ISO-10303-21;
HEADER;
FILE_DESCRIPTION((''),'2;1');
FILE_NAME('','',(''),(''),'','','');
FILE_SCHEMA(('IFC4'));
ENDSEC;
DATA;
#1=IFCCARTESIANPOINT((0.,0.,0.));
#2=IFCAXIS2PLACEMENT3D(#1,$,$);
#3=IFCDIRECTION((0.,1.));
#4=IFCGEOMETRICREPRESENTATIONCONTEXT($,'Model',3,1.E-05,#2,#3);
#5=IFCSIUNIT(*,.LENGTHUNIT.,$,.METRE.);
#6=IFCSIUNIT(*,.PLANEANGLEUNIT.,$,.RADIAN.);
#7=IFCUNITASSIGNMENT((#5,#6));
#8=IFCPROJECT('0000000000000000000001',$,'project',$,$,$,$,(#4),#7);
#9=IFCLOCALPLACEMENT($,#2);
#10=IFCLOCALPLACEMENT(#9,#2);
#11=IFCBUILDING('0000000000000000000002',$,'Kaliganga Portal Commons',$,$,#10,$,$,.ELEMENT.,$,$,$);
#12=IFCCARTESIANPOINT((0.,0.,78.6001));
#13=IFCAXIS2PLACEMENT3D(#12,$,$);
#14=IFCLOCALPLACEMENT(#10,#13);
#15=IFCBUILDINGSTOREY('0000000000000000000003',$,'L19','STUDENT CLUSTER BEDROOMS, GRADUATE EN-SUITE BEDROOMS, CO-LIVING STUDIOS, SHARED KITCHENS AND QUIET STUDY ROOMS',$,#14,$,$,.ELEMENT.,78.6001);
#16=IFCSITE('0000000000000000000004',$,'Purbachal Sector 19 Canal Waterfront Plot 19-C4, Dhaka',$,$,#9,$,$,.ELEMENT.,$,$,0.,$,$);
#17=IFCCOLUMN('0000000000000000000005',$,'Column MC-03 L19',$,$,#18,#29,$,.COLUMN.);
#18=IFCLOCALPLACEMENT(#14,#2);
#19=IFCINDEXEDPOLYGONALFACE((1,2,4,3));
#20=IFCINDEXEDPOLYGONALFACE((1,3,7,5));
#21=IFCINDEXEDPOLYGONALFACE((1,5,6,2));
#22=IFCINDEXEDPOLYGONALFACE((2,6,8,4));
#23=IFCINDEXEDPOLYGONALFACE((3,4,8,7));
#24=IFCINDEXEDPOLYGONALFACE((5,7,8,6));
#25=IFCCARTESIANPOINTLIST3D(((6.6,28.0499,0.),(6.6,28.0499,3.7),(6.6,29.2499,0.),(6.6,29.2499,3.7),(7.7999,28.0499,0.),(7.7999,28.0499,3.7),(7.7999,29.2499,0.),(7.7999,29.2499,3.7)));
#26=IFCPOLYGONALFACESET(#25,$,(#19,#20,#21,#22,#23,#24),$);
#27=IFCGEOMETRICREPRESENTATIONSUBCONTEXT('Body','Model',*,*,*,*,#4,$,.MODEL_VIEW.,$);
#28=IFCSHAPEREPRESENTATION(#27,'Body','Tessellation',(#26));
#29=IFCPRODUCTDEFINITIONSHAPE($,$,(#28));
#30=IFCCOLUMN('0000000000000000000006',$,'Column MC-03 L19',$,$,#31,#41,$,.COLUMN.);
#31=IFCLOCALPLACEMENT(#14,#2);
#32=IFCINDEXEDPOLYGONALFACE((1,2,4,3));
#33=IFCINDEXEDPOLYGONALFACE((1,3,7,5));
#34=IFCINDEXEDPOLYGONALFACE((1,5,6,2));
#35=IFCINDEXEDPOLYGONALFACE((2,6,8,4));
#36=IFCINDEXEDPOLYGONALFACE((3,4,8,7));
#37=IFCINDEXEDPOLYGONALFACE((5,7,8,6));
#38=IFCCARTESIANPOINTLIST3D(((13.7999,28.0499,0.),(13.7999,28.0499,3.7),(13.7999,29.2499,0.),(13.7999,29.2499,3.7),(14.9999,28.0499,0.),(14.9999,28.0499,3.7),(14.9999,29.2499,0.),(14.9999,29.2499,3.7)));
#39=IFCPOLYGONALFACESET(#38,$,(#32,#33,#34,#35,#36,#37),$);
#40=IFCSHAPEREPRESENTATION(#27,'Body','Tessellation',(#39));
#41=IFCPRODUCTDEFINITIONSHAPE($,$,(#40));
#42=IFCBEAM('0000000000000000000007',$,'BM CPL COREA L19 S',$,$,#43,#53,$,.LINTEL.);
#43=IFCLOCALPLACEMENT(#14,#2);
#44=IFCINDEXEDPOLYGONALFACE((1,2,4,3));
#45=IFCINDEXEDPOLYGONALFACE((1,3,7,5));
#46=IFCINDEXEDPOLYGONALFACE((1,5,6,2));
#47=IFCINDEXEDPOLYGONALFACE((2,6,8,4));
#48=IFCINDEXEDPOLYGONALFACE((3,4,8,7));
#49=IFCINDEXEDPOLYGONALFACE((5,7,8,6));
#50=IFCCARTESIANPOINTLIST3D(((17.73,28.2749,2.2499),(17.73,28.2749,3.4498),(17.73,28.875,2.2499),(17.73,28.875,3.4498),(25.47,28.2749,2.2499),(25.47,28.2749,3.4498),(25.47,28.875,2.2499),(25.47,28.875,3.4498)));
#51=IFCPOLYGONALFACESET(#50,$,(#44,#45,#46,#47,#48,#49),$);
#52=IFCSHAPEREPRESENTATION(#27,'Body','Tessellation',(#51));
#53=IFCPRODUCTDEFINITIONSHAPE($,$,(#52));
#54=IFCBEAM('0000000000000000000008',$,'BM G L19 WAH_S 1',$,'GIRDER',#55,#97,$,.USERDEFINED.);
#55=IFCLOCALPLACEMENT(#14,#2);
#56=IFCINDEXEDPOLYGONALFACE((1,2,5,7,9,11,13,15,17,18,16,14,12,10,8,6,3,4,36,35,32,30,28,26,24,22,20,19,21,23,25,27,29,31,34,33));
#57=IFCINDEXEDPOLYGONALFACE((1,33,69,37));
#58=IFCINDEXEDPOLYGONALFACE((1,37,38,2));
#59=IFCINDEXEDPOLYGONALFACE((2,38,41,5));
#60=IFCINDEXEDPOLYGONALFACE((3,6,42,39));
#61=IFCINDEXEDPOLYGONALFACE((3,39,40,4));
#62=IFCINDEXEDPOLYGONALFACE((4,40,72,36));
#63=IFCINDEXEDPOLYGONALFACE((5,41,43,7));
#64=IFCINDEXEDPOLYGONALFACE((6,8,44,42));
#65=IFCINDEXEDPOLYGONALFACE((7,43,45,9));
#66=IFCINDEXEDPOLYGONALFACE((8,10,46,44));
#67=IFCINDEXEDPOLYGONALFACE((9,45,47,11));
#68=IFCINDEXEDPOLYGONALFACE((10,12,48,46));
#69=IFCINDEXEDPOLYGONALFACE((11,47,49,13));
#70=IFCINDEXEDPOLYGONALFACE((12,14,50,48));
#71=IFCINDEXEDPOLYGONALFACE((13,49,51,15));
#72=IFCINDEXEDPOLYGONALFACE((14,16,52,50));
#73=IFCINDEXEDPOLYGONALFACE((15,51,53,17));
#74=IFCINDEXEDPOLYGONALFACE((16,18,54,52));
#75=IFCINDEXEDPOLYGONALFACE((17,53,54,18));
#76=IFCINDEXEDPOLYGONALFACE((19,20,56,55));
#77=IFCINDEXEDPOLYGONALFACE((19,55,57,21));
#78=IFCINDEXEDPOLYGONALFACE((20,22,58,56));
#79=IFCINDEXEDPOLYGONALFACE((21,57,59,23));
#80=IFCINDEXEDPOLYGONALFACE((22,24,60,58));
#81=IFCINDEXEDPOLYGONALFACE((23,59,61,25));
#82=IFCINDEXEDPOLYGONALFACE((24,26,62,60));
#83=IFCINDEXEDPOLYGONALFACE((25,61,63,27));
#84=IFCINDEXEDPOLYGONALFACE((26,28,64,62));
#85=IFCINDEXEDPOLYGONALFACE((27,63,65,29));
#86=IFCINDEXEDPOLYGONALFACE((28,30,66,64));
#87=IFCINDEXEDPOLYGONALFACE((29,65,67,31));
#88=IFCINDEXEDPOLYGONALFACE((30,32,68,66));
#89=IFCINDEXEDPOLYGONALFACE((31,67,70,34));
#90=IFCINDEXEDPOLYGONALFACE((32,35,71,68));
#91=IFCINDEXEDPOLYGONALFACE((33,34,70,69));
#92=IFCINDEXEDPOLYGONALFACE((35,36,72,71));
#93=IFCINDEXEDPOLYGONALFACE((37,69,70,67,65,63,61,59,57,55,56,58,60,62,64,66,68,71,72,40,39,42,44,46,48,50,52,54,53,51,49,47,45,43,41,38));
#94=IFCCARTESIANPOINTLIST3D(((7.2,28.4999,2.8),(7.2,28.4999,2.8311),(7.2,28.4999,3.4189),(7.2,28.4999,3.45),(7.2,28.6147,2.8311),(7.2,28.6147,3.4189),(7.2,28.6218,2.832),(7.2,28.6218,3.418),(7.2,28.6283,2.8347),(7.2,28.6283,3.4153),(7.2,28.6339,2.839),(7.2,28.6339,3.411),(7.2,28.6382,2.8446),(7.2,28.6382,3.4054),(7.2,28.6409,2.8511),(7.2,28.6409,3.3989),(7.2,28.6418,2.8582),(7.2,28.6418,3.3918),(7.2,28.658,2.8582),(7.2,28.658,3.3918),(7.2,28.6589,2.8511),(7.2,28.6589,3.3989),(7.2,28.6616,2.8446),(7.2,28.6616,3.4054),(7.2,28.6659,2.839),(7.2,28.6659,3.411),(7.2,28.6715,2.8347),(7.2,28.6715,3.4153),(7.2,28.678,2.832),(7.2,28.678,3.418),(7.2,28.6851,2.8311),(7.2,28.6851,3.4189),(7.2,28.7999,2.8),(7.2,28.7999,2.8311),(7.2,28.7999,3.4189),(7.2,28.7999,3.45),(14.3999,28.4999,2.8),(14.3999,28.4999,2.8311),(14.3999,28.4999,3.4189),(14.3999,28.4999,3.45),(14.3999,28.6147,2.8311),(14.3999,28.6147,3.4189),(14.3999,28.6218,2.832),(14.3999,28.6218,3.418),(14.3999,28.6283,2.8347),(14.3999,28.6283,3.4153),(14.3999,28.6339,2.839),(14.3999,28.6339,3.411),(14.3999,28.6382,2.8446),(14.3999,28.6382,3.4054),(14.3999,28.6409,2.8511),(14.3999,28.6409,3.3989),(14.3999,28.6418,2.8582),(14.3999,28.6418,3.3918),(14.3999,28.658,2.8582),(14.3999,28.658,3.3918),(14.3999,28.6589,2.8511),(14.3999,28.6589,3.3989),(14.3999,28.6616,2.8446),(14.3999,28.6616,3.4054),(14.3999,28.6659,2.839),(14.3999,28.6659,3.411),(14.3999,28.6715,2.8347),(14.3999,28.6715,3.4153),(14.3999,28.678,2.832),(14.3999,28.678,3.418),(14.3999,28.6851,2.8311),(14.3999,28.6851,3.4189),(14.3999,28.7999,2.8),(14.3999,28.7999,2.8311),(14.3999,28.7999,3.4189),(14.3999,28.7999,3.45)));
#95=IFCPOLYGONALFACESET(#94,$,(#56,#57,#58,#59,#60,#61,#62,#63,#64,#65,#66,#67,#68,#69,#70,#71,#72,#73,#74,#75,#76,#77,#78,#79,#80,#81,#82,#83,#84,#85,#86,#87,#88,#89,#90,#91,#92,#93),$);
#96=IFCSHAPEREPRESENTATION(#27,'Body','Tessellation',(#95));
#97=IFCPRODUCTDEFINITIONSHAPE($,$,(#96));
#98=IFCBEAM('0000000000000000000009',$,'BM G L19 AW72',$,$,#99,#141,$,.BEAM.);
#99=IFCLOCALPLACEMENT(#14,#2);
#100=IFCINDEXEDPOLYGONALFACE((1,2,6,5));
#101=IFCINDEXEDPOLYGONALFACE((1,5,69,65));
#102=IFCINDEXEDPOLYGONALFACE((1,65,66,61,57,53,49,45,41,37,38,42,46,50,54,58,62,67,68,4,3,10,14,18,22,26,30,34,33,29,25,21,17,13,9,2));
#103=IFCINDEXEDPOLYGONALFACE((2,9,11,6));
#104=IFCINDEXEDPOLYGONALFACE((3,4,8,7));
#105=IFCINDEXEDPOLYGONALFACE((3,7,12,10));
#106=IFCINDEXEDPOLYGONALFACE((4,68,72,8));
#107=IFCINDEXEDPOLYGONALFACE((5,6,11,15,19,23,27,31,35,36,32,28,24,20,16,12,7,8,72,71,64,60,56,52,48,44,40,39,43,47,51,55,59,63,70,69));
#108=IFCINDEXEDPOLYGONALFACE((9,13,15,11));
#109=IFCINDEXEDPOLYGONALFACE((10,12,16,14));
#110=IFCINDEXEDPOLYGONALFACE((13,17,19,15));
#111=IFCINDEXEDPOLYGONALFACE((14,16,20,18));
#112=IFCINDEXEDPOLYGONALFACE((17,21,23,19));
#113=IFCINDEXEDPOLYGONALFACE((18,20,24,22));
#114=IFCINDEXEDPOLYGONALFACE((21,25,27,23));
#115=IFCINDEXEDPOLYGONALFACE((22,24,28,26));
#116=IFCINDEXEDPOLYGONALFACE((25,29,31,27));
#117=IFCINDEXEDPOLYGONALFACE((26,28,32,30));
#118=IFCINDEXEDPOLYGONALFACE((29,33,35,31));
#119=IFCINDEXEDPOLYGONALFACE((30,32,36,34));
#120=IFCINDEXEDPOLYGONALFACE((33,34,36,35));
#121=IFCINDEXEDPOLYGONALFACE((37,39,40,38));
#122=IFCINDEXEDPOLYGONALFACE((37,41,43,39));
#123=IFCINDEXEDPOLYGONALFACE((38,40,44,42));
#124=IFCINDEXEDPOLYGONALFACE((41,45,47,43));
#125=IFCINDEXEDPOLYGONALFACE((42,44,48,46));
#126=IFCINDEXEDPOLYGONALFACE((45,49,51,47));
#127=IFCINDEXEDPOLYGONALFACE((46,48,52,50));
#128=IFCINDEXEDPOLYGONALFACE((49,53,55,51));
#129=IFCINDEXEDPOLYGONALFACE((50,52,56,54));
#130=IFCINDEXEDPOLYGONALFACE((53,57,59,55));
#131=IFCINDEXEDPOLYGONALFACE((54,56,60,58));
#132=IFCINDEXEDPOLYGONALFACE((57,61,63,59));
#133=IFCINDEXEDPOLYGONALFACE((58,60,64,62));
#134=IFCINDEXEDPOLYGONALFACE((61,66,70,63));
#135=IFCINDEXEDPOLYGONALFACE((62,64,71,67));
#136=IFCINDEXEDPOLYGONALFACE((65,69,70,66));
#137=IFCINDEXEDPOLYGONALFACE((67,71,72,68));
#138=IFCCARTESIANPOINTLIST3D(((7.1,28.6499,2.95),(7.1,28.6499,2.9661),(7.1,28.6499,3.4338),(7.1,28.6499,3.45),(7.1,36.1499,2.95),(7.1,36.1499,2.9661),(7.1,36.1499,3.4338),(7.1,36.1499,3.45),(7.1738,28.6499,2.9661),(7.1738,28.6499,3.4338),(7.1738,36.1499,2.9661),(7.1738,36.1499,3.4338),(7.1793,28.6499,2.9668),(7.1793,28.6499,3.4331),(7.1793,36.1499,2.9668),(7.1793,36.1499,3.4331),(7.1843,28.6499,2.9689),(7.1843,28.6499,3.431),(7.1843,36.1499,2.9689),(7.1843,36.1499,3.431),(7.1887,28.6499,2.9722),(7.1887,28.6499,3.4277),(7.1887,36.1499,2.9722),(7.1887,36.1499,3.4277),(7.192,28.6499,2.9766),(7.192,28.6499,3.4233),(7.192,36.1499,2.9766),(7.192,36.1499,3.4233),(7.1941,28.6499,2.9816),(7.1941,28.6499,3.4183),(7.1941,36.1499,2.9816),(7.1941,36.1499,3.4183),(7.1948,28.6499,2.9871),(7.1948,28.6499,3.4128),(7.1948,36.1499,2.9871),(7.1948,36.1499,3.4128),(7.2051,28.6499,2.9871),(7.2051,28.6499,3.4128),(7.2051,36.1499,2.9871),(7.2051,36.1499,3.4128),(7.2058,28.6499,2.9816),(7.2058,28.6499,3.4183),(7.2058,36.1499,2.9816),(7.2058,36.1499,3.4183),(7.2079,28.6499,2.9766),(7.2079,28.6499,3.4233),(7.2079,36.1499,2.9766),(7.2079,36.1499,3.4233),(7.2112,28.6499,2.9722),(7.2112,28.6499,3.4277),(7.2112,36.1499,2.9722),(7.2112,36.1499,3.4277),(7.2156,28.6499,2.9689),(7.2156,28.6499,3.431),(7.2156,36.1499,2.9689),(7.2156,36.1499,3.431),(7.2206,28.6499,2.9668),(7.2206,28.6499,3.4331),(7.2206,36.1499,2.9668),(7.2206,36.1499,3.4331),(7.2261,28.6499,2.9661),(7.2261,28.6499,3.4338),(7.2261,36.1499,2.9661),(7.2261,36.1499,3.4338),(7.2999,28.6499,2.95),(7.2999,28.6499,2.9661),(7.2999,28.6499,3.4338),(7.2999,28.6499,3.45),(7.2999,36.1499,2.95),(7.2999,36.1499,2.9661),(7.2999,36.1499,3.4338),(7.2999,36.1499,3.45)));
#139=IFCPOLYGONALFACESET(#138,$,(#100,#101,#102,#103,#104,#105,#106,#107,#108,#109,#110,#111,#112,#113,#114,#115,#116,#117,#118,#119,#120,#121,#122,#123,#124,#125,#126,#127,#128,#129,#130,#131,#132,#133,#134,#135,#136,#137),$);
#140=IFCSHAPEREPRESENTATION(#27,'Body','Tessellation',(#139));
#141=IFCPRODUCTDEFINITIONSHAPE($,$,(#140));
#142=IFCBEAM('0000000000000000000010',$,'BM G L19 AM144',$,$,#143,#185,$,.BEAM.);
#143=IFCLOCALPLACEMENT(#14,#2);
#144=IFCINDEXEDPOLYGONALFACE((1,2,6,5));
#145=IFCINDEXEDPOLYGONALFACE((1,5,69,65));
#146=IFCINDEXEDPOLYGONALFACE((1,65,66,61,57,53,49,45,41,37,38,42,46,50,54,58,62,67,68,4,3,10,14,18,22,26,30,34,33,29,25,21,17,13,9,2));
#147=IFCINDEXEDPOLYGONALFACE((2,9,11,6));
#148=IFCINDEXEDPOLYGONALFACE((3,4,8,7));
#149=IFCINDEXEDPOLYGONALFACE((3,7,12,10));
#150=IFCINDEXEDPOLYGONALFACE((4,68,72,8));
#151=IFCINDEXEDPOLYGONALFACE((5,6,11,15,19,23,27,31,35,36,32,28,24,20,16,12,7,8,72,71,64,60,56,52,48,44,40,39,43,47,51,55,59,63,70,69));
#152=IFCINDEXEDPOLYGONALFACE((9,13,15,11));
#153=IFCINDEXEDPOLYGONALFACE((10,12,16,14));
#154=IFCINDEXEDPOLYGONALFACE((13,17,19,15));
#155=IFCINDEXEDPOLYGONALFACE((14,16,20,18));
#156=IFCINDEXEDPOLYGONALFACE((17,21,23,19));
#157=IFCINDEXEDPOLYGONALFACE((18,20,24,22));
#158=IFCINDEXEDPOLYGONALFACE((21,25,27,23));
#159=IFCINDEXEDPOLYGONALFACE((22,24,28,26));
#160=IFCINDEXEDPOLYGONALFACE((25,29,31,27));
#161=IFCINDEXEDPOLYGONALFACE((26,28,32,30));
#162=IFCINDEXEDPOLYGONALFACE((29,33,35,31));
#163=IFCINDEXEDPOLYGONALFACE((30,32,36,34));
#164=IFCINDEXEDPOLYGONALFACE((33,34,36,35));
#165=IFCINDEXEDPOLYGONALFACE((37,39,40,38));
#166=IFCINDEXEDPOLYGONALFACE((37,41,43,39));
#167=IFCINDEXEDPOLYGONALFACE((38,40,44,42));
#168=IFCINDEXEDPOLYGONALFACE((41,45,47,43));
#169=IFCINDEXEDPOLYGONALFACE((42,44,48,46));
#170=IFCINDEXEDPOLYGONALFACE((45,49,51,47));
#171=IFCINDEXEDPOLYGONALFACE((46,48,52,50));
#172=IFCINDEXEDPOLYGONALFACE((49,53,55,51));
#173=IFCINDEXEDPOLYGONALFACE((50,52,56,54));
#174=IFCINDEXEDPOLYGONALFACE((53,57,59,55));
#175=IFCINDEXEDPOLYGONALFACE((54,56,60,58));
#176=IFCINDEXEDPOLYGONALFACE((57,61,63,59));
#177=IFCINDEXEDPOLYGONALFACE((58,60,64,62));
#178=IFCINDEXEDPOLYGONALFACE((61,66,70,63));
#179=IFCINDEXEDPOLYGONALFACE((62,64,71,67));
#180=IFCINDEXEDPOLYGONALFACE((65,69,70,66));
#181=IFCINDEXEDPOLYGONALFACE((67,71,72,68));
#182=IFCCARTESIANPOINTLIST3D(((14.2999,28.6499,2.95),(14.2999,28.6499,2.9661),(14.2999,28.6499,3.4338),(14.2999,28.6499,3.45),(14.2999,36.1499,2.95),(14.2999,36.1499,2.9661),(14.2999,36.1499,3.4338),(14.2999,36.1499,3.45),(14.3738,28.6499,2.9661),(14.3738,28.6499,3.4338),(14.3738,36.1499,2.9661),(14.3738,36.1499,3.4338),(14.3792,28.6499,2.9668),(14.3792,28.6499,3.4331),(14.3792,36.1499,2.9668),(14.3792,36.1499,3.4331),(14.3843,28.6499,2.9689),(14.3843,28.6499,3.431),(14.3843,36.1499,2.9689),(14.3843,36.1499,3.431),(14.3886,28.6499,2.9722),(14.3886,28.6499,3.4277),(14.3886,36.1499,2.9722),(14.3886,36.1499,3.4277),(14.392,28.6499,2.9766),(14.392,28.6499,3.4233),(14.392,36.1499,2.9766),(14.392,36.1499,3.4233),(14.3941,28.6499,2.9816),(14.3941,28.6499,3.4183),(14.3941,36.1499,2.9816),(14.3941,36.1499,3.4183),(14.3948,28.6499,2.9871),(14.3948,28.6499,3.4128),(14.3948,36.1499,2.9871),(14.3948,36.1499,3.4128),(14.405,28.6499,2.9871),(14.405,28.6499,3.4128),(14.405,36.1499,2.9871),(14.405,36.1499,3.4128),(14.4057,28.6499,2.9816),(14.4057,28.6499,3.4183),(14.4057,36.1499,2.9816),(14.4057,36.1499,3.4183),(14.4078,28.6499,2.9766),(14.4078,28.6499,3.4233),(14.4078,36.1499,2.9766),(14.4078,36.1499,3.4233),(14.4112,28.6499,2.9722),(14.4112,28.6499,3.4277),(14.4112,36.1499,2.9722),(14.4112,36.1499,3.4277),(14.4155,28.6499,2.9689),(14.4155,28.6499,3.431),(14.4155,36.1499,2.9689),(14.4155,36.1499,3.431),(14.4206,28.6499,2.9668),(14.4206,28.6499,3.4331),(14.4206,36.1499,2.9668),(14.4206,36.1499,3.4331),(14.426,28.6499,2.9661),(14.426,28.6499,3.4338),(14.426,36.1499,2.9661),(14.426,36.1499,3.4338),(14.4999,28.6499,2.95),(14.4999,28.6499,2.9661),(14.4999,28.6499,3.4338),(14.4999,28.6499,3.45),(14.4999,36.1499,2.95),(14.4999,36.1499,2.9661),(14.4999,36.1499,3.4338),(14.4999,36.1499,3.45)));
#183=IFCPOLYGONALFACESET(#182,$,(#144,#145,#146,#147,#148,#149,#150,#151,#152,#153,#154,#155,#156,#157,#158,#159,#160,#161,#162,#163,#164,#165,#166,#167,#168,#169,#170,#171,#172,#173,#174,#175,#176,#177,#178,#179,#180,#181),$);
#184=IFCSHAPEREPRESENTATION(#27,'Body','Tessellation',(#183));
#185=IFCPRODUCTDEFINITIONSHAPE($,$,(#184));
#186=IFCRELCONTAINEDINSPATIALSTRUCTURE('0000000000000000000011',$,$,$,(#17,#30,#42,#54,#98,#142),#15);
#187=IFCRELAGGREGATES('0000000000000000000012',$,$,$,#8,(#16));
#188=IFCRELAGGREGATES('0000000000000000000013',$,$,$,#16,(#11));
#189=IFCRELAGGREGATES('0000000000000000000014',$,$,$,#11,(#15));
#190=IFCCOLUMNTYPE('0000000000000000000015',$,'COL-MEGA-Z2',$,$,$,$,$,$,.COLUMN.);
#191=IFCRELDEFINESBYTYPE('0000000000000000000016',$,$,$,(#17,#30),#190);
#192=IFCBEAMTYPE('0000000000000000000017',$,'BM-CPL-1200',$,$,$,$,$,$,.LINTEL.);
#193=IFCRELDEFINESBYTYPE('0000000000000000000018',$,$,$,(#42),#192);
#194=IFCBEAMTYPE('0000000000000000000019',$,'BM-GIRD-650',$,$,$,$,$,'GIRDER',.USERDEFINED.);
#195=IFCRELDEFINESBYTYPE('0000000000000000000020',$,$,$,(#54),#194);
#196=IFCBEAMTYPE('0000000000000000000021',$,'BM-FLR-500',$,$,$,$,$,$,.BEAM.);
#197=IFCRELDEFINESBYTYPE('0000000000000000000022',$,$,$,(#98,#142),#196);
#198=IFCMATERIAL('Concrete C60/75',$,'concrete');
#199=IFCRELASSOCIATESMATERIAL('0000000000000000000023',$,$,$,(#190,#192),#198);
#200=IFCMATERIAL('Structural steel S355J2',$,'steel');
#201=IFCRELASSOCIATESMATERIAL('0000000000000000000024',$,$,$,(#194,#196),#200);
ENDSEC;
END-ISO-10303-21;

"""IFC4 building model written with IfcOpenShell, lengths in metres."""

from ifc_helpers import new_model, si_unit, direction, frame, origin, origin_2d, place, context, subcontext, project, spatial, rectangle, i_section, extrude, source, transform, mapped, material, material_profile, profile_set, type_object, element, save


model = new_model("IFC4")

# Units and contexts
model_context = context("Model", 3, precision=1e-05, world=origin(), true_north=direction((0.0, 1.0)))
body_context = subcontext(model_context, "Body", "Model", "MODEL_VIEW")
ifc_project = project(units=[si_unit("LENGTHUNIT", "METRE"), si_unit("PLANEANGLEUNIT", "RADIAN")], contexts=[model_context])

# Site, building, storey
site_placement = place(None, origin())
site = spatial("IfcSite", under=ifc_project, at=site_placement, Name="Purbachal Sector 19 Canal Waterfront Plot 19-C4, Dhaka", CompositionType="ELEMENT", RefElevation=0.0)
building_placement = place(site_placement, origin())
building = spatial("IfcBuilding", under=site, at=building_placement, Name="Kaliganga Portal Commons", CompositionType="ELEMENT")
storey_placement = place(building_placement, frame((0.0, 0.0, 78.6001)))
storey = spatial("IfcBuildingStorey", under=building, at=storey_placement, Name="L19", Description="STUDENT CLUSTER BEDROOMS, GRADUATE EN-SUITE BEDROOMS, CO-LIVING STUDIOS, SHARED KITCHENS AND QUIET STUDY ROOMS", CompositionType="ELEMENT", Elevation=78.6001)

# Columns
ifc_material_1 = material(Name="Concrete C60/75", Category="concrete")
ifc_material_profile_1 = material_profile(ifc_material_1, rectangle(XDim=1.2, YDim=1.2, at=origin_2d()), Name="RC 1200x1200")
ifc_profile_set_1 = profile_set([ifc_material_profile_1], Name="Concrete C60/75")
column_type = type_object("IfcColumnType", Name="COL-MEGA-Z2", PredefinedType="COLUMN", material=ifc_profile_set_1)
shared_shape_1 = source(origin(), body_context, "Body", "SweptSolid", [
    extrude(rectangle(XDim=1.2, YDim=1.2, at=origin_2d()), origin(), (0.0, 0.0, 1.0), 3.7),
])
for number, where, z_axis, x_axis, name in (
    (1, (7.2, 28.6499, 0.0), (0.0, 0.0, 1.0), (1.0, 0.0, 0.0), "Column MC-03 L19"),
    (2, (14.3999, 28.6499, 0.0), (0.0, 0.0, 1.0), (1.0, 0.0, 0.0), "Column MC-03 L19"),
):
    element("IfcColumn", number, at=place(storey_placement, frame(where, z_axis=z_axis, x_axis=x_axis)), inside=storey, type_object=column_type, Name=name, PredefinedType="COLUMN", context=body_context, shape_type="MappedRepresentation", body=[
        mapped(shared_shape_1, transform((0.0, 0.0, 0.0), x_axis=(1.0, 0.0, 0.0), y_axis=(0.0, 1.0, 0.0), z_axis=(0.0, 0.0, 1.0), scale=1.0)),
    ])

# Beams
ifc_material_profile_2 = material_profile(ifc_material_1, rectangle(XDim=0.6001, YDim=1.2, at=origin_2d()), Name="RC 600x1200")
ifc_profile_set_2 = profile_set([ifc_material_profile_2], Name="Concrete C60/75")
beam_type_1 = type_object("IfcBeamType", Name="BM-CPL-1200", PredefinedType="LINTEL", material=ifc_profile_set_2)
shared_shape_2 = source(origin(), body_context, "Body", "SweptSolid", [
    extrude(rectangle(XDim=0.6001, YDim=1.2, at=origin_2d()), origin(), (0.0, 0.0, 1.0), 7.74),
])
beam_1_placement = place(storey_placement, frame((17.73, 28.575, 2.8499), z_axis=(1.0, 0.0, 0.0), x_axis=(0.0, 1.0, 0.0)))
element("IfcBeam", 3, at=beam_1_placement, inside=storey, type_object=beam_type_1, Name="BM CPL COREA L19 S", PredefinedType="LINTEL", context=body_context, shape_type="MappedRepresentation", body=[
    mapped(shared_shape_2, transform((0.0, 0.0, 0.0), x_axis=(1.0, 0.0, 0.0), y_axis=(0.0, 1.0, 0.0), z_axis=(0.0, 0.0, 1.0), scale=1.0)),
])
ifc_material_2 = material(Name="Structural steel S355J2", Category="steel")
ifc_material_profile_3 = material_profile(ifc_material_2, i_section(OverallWidth=0.3, OverallDepth=0.6499, WebThickness=0.0161, FlangeThickness=0.031, FilletRadius=0.0271, at=origin_2d()), Name="HE 650 B")
ifc_profile_set_3 = profile_set([ifc_material_profile_3], Name="Structural steel S355J2 wide-flange")
beam_type_2 = type_object("IfcBeamType", Name="BM-GIRD-650", ElementType="GIRDER", PredefinedType="USERDEFINED", material=ifc_profile_set_3)
shared_shape_3 = source(origin(), body_context, "Body", "SweptSolid", [
    extrude(i_section(OverallWidth=0.3, OverallDepth=0.6499, WebThickness=0.0161, FlangeThickness=0.031, FilletRadius=0.0271, at=origin_2d()), origin(), (0.0, 0.0, 1.0), 7.2),
])
beam_2_placement = place(storey_placement, frame((7.2, 28.6499, 3.125), z_axis=(1.0, 0.0, 0.0), x_axis=(0.0, 1.0, 0.0)))
element("IfcBeam", 4, at=beam_2_placement, inside=storey, type_object=beam_type_2, Name="BM G L19 WAH_S 1", ObjectType="GIRDER", PredefinedType="USERDEFINED", context=body_context, shape_type="MappedRepresentation", body=[
    mapped(shared_shape_3, transform((0.0, 0.0, 0.0), x_axis=(1.0, 0.0, 0.0), y_axis=(0.0, 1.0, 0.0), z_axis=(0.0, 0.0, 1.0), scale=1.0)),
])
ifc_material_profile_4 = material_profile(ifc_material_2, i_section(OverallWidth=0.2, OverallDepth=0.5, WebThickness=0.0103, FlangeThickness=0.0161, FilletRadius=0.021, at=origin_2d()), Name="IPE 500")
ifc_profile_set_4 = profile_set([ifc_material_profile_4], Name="Structural steel S355J2 wide-flange")
beam_type_3 = type_object("IfcBeamType", Name="BM-FLR-500", PredefinedType="BEAM", material=ifc_profile_set_4)
shared_shape_4 = source(origin(), body_context, "Body", "SweptSolid", [
    extrude(i_section(OverallWidth=0.2, OverallDepth=0.5, WebThickness=0.0103, FlangeThickness=0.0161, FilletRadius=0.021, at=origin_2d()), origin(), (0.0, 0.0, 1.0), 7.5),
])
for number, where, z_axis, x_axis, name in (
    (5, (7.2, 28.6499, 3.2), (0.0, 1.0, 0.0), (-1.0, 0.0, 0.0), "BM G L19 AW72"),
    (6, (14.3999, 28.6499, 3.2), (0.0, 1.0, 0.0), (-1.0, 0.0, 0.0), "BM G L19 AM144"),
):
    element("IfcBeam", number, at=place(storey_placement, frame(where, z_axis=z_axis, x_axis=x_axis)), inside=storey, type_object=beam_type_3, Name=name, PredefinedType="BEAM", context=body_context, shape_type="MappedRepresentation", body=[
        mapped(shared_shape_4, transform((0.0, 0.0, 0.0), x_axis=(1.0, 0.0, 0.0), y_axis=(0.0, 1.0, 0.0), z_axis=(0.0, 0.0, 1.0), scale=1.0)),
    ])

save(model, "model.ifc")
